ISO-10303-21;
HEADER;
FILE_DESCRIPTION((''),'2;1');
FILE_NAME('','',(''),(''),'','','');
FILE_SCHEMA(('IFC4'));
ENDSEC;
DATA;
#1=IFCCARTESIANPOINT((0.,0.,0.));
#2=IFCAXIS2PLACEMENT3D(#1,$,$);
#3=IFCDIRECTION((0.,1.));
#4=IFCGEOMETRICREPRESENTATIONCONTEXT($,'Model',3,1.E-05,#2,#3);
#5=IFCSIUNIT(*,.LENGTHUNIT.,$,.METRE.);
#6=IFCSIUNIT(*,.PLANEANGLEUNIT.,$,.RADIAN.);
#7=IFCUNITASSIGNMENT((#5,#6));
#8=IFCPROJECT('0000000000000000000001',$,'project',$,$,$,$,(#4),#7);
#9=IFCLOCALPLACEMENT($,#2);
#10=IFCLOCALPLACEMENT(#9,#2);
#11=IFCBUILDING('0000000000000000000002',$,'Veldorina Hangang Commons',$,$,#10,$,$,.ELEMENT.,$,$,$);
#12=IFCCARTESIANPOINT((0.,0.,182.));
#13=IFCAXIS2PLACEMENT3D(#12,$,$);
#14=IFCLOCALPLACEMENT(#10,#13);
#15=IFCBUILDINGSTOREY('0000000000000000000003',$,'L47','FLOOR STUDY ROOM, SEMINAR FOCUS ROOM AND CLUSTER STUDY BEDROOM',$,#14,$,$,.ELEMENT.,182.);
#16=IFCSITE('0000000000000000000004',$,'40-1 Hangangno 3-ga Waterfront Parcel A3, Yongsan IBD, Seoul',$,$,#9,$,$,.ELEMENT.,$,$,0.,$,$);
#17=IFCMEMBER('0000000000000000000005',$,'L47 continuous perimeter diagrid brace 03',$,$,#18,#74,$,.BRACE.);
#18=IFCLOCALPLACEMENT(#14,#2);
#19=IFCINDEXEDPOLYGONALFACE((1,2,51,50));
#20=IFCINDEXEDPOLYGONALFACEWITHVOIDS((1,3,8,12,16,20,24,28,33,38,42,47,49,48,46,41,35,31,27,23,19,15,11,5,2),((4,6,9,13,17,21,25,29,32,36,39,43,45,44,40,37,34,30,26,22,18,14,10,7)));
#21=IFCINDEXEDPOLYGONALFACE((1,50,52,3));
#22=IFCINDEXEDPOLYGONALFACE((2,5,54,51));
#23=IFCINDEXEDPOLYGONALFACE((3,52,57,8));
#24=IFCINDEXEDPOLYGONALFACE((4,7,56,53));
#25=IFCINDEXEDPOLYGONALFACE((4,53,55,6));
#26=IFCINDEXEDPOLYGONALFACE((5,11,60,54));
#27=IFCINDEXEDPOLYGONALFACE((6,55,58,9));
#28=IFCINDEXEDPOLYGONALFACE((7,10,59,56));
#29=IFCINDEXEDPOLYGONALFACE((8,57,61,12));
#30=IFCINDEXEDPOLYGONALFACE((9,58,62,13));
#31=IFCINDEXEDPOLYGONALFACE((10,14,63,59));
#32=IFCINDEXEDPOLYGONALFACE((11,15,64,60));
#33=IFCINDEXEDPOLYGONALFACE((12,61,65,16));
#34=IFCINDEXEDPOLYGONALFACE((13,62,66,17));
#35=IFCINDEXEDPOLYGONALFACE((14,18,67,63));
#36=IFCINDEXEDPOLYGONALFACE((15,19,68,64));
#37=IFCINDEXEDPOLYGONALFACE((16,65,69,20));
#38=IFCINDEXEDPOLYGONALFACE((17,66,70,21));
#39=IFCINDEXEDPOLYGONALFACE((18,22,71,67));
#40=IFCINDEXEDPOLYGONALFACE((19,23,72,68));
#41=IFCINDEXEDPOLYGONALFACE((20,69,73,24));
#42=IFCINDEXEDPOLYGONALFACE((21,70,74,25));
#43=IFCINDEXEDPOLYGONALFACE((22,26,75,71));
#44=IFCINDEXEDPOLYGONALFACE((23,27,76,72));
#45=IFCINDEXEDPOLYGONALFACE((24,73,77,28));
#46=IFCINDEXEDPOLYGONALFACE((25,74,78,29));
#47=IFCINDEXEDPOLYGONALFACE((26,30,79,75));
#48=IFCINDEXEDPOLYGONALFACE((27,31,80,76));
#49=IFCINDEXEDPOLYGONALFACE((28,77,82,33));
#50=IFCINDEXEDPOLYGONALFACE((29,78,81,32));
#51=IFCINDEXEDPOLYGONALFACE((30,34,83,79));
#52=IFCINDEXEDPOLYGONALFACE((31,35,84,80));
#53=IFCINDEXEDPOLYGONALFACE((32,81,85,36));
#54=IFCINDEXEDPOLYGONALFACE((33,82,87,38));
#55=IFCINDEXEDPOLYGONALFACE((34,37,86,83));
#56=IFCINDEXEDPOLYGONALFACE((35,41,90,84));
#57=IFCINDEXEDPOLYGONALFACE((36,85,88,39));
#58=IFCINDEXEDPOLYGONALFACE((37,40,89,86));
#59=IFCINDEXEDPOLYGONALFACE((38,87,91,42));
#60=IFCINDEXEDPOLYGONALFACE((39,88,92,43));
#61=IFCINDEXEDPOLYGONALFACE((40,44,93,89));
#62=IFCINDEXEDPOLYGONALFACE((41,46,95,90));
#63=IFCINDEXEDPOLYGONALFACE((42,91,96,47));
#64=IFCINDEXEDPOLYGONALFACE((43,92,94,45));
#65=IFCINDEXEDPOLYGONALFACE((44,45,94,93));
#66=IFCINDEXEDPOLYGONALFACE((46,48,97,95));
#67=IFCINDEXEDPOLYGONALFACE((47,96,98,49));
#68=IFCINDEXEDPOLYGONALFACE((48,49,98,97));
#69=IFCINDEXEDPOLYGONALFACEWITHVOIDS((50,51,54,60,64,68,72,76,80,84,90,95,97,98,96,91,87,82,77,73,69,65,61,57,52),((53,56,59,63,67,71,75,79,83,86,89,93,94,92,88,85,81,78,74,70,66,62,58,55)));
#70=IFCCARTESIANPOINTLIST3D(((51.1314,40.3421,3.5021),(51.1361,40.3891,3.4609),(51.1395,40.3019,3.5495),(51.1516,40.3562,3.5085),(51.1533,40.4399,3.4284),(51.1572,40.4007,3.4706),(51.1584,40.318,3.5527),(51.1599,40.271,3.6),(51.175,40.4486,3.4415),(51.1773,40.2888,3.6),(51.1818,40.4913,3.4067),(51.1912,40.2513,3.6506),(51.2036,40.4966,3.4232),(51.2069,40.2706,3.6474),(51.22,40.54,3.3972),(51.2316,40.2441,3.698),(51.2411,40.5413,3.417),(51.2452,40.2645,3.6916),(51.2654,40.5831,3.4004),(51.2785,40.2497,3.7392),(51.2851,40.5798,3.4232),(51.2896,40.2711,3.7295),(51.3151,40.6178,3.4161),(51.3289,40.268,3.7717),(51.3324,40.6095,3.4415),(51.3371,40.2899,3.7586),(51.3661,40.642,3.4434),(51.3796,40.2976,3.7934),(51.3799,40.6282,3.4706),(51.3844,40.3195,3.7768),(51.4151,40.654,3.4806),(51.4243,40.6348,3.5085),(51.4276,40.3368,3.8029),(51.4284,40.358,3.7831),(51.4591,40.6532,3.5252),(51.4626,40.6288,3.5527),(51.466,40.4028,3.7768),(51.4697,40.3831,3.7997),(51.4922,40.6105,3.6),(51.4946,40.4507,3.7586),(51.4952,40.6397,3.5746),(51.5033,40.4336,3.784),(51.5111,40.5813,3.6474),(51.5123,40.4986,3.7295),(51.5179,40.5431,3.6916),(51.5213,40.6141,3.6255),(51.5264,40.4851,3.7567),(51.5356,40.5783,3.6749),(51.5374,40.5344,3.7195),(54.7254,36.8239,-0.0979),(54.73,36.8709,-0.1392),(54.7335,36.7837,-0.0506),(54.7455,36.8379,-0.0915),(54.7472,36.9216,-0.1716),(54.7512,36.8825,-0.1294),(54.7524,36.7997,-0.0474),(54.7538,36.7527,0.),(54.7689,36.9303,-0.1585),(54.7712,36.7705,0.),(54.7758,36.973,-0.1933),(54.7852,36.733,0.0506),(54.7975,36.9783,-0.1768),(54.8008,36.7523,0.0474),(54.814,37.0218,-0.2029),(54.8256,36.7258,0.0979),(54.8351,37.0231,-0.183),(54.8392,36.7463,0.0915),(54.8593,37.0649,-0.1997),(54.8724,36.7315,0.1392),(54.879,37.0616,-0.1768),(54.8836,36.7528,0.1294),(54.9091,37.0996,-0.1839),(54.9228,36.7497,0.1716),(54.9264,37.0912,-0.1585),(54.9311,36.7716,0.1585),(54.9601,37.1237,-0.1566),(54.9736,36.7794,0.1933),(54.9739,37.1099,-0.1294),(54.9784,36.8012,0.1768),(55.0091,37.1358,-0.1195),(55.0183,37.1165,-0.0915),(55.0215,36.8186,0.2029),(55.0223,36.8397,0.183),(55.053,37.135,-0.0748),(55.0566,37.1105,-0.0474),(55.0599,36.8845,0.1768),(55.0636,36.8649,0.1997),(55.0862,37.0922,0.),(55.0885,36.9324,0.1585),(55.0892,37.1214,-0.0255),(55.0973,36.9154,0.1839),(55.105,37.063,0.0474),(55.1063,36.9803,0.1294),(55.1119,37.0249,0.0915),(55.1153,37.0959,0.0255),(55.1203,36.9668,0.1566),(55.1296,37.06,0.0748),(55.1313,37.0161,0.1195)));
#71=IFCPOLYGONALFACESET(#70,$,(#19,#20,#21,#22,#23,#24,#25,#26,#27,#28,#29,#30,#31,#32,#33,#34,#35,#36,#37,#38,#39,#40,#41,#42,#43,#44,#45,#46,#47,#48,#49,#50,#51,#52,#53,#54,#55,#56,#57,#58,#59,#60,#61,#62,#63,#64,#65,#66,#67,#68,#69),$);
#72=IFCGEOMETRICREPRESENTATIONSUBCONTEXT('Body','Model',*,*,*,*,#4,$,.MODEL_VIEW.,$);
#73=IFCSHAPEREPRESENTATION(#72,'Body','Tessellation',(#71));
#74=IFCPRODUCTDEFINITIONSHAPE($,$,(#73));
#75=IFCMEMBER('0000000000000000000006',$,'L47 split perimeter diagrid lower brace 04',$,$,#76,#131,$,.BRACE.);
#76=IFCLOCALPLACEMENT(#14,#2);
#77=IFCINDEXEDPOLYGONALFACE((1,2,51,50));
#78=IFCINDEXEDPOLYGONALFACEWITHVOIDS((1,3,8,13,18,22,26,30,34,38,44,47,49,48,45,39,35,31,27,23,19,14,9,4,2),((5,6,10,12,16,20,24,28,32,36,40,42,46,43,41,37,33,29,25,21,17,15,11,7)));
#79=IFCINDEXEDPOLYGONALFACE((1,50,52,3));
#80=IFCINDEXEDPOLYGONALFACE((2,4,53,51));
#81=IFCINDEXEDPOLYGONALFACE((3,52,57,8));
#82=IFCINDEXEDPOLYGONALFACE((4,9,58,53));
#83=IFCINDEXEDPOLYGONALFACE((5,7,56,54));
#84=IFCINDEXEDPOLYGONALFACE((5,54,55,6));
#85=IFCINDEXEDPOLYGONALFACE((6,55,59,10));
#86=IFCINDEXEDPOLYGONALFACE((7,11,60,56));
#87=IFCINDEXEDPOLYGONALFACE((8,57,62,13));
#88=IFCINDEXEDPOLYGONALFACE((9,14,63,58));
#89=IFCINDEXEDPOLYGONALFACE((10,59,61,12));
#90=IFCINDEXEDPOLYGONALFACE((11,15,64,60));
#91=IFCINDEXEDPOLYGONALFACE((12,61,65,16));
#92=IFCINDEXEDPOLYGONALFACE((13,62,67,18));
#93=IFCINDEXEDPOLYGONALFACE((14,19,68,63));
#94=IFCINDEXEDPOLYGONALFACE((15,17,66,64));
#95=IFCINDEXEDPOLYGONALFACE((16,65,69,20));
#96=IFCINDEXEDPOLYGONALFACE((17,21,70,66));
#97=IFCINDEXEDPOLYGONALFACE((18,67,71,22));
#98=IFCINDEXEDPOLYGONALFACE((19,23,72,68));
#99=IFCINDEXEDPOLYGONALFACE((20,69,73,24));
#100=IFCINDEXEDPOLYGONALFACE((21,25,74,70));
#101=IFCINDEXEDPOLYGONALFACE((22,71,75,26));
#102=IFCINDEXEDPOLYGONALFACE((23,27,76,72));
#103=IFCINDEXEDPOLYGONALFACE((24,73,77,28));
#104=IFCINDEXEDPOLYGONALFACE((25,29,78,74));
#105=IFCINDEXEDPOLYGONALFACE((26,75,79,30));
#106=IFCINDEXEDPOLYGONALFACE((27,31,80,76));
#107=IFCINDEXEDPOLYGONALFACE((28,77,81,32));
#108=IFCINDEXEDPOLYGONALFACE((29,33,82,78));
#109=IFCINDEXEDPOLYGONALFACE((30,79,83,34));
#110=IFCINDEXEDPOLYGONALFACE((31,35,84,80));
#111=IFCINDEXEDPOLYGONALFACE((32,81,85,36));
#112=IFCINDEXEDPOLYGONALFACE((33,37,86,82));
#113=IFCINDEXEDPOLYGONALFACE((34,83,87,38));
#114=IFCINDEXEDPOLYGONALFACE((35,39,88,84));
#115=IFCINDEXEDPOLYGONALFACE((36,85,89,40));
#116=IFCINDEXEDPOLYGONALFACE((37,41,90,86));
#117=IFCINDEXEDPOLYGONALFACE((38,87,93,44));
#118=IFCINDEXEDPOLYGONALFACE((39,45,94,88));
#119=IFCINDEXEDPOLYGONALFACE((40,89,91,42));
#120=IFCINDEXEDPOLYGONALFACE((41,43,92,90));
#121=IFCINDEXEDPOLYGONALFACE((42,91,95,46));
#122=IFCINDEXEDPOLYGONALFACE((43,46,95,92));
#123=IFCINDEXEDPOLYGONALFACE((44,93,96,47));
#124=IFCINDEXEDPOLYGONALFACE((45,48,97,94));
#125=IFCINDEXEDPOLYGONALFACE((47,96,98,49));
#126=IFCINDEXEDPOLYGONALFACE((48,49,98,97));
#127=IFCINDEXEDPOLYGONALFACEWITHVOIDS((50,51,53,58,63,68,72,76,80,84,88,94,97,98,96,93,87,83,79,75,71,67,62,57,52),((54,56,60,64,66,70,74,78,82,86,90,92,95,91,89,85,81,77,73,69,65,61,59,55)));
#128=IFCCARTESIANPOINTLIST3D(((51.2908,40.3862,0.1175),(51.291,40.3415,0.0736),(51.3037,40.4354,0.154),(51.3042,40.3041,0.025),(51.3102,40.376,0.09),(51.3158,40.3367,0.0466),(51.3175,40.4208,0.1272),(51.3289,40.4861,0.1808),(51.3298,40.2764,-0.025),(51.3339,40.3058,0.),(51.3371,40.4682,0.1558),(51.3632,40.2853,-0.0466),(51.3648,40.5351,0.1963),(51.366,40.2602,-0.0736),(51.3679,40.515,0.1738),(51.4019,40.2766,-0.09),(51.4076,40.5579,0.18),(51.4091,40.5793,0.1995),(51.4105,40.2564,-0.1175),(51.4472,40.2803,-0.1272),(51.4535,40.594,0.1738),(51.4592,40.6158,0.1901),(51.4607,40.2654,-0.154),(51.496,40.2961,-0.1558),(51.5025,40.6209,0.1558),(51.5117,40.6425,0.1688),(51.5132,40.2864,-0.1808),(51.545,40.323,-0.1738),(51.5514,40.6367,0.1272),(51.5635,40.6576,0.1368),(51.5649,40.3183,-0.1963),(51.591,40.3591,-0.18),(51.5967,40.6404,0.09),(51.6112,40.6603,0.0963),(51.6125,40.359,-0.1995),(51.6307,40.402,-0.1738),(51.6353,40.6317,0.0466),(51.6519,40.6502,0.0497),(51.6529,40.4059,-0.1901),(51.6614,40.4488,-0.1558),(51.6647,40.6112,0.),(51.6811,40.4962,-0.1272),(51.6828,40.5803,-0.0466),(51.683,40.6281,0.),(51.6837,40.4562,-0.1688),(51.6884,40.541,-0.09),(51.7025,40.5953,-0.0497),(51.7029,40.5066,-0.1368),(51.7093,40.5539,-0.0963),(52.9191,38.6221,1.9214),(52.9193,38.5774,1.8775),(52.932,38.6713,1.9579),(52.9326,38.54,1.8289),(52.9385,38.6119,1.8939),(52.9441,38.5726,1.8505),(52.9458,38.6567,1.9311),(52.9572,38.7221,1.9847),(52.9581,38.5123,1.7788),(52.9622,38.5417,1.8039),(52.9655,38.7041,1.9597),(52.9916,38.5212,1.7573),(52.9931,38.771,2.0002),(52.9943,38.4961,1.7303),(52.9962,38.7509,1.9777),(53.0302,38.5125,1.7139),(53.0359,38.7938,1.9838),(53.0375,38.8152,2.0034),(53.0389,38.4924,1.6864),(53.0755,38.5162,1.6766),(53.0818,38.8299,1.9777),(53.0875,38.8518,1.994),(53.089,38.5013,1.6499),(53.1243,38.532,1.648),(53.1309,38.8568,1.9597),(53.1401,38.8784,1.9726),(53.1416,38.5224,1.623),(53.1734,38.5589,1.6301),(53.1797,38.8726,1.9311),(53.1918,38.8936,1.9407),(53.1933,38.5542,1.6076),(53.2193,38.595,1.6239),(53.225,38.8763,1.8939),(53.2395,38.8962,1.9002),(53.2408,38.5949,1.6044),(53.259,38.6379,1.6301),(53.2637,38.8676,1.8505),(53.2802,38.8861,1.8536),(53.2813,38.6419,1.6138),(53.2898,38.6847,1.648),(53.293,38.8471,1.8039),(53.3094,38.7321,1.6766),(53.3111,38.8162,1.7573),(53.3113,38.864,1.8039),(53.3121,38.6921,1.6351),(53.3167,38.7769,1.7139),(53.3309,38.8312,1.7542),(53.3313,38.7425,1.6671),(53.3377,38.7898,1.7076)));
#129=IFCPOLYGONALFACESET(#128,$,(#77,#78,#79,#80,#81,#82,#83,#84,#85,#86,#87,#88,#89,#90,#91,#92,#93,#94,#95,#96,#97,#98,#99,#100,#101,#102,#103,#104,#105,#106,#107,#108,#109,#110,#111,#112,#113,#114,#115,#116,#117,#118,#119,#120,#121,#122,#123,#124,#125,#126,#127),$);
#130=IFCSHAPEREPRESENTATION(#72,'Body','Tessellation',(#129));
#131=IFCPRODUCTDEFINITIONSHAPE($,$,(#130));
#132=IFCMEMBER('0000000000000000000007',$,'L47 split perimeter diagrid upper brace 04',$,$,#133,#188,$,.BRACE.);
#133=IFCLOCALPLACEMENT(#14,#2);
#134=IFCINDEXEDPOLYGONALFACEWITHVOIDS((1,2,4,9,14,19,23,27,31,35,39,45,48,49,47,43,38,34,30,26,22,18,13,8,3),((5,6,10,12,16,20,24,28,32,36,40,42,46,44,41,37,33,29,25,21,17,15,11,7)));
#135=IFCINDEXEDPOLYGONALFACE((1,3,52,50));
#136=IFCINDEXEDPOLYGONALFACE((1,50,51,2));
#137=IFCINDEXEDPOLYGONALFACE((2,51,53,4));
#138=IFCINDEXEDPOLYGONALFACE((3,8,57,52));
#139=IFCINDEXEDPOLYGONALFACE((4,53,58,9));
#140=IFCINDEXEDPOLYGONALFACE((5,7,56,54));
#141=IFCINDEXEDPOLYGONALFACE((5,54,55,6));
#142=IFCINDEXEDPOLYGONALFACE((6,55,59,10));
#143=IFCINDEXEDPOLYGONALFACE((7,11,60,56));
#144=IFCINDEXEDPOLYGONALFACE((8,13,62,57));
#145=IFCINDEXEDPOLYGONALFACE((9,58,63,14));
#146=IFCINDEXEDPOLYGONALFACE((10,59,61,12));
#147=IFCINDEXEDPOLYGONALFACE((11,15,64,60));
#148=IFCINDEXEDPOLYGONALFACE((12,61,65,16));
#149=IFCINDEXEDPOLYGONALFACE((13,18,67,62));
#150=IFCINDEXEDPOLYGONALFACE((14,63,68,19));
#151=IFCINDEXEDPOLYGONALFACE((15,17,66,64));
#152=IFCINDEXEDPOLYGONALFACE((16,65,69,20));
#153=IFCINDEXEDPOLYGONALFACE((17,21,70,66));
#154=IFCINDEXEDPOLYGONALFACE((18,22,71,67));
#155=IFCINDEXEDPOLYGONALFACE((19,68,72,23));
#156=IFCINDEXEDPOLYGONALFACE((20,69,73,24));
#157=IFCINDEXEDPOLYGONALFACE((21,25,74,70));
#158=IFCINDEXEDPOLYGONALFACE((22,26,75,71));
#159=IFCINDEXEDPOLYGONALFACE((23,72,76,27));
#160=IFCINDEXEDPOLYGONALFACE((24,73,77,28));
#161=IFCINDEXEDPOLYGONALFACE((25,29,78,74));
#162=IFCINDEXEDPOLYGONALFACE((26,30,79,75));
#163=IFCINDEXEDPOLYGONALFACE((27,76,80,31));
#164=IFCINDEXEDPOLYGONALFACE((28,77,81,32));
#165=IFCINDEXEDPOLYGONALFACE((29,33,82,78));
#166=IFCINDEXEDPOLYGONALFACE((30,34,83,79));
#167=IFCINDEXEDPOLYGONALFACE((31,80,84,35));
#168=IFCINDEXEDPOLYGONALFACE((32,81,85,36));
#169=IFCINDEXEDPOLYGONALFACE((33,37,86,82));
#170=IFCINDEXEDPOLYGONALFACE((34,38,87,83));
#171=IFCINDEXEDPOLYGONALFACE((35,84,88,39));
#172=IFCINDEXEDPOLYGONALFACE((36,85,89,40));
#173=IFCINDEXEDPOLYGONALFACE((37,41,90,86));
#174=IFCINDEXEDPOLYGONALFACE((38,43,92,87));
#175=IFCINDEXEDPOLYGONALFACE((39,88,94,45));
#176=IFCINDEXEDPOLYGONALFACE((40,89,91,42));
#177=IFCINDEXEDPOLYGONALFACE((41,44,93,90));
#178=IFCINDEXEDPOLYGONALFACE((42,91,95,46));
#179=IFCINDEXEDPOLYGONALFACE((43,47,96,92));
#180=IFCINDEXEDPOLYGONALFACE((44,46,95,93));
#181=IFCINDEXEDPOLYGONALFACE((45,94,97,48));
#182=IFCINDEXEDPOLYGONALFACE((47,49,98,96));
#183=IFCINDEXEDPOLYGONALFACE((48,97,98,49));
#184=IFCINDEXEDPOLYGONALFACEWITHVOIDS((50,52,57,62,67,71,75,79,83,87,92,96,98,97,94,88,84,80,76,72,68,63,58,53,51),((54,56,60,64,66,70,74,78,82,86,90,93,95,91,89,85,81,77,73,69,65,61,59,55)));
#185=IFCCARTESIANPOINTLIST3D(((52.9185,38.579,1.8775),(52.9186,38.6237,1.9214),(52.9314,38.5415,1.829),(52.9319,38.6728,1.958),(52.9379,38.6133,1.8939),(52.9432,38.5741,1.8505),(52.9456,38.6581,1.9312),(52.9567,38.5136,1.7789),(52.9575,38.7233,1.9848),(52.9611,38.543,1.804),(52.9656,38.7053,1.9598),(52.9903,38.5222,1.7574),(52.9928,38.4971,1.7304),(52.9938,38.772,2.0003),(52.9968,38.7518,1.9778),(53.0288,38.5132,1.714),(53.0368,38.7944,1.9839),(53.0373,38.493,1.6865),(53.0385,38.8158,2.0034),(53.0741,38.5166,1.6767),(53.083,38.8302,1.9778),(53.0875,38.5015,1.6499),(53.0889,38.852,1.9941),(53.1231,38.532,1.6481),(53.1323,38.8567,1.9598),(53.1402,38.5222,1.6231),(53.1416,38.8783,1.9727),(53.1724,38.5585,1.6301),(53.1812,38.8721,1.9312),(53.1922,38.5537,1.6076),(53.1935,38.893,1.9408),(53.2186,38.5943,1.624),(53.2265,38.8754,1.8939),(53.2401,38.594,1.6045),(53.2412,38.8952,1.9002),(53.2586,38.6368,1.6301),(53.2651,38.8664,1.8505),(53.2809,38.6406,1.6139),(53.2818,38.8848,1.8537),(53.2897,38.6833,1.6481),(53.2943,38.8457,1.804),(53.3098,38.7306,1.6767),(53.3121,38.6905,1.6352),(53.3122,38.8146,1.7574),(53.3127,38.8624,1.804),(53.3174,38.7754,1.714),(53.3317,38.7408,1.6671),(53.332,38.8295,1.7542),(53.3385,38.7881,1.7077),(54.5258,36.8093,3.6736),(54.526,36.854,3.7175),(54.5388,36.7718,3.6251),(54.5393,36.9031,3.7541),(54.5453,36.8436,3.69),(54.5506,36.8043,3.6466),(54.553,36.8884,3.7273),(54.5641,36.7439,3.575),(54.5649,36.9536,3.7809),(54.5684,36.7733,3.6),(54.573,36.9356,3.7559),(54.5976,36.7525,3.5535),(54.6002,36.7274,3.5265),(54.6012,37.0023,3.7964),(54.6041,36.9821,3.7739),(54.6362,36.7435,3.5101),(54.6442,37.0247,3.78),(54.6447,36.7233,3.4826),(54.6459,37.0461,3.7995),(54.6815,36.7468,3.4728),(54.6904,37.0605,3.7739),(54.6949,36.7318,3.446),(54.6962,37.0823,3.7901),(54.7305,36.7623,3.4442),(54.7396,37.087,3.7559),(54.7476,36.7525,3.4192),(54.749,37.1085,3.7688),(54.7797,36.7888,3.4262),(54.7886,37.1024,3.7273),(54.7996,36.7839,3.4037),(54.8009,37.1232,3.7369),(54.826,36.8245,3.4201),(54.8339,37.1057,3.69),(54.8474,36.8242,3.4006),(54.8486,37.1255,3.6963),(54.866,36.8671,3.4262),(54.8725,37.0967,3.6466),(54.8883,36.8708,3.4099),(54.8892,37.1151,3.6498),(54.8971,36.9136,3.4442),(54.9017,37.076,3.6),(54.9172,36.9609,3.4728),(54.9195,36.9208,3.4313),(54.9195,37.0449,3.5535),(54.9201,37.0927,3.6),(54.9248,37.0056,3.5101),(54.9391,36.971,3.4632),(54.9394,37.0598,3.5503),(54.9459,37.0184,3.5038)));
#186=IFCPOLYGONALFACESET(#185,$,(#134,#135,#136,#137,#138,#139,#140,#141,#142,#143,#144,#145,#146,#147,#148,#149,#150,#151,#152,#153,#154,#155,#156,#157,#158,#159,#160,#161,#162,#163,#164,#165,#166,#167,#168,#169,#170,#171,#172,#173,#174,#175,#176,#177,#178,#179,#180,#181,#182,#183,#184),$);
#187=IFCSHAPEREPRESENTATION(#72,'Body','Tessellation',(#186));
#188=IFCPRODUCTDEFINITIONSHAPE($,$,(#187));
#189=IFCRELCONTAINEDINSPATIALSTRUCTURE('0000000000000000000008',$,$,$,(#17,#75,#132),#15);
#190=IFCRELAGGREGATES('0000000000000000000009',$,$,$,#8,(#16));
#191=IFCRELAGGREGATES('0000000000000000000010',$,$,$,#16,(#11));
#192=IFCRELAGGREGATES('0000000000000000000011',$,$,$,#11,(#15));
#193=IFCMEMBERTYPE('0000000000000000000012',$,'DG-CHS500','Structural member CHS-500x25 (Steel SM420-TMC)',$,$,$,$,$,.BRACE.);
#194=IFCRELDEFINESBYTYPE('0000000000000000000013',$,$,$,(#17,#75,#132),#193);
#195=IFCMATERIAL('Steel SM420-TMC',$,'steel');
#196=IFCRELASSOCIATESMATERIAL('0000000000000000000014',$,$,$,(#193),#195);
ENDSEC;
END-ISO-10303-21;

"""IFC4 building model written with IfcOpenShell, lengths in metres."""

from ifc_helpers import new_model, si_unit, direction, frame, origin, origin_2d, place, context, subcontext, project, spatial, hollow_circle, extrude, material, material_profile, profile_set, type_object, element, save


model = new_model("IFC4")

# Units and contexts
model_context = context("Model", 3, precision=1e-05, world=origin(), true_north=direction((0.0, 1.0)))
body_context = subcontext(model_context, "Body", "Model", "MODEL_VIEW")
ifc_project = project(units=[si_unit("LENGTHUNIT", "METRE"), si_unit("PLANEANGLEUNIT", "RADIAN")], contexts=[model_context])

# Site, building, storey
site_placement = place(None, origin())
site = spatial("IfcSite", under=ifc_project, at=site_placement, Name="40-1 Hangangno 3-ga Waterfront Parcel A3, Yongsan IBD, Seoul", CompositionType="ELEMENT", RefElevation=0.0)
building_placement = place(site_placement, origin())
building = spatial("IfcBuilding", under=site, at=building_placement, Name="Veldorina Hangang Commons", CompositionType="ELEMENT")
storey_placement = place(building_placement, frame((0.0, 0.0, 182.0)))
storey = spatial("IfcBuildingStorey", under=building, at=storey_placement, Name="L47", Description="FLOOR STUDY ROOM, SEMINAR FOCUS ROOM AND CLUSTER STUDY BEDROOM", CompositionType="ELEMENT", Elevation=182.0)

# Shared definitions
ifc_material_1 = material(Name="Steel SM420-TMC", Category="steel")

# Members
ifc_material_profile_1 = material_profile(ifc_material_1, hollow_circle(Radius=0.25, WallThickness=0.0249, at=origin_2d()), Name="CHS-500x25")
ifc_profile_set_1 = profile_set([ifc_material_profile_1], Name="Steel SM420-TMC")
member_type_1 = type_object("IfcMemberType", Name="DG-CHS500", Description="Structural member CHS-500x25 (Steel SM420-TMC)", PredefinedType="BRACE", material=ifc_profile_set_1)
member_1_placement = place(storey_placement, frame((54.9287, 36.9314, 0.0), z_axis=(-0.581069, 0.568832, 0.582056), x_axis=(-0.699543, -0.714591, 0.0)))
element("IfcMember", 1, at=member_1_placement, inside=storey, type_object=member_type_1, Name="L47 continuous perimeter diagrid brace 03", PredefinedType="BRACE", context=body_context, shape_type="SweptSolid", body=[
    extrude(hollow_circle(Radius=0.25, WallThickness=0.0249, at=origin_2d()), origin(), (0.0, 0.0, 1.0), 6.1851),
])
member_2_placement = place(storey_placement, frame((51.4993, 40.4585, 0.0), z_axis=(0.542256, -0.587458, 0.600709), x_axis=(0.734811, 0.678272, 0.0)))
element("IfcMember", 2, at=member_2_placement, inside=storey, type_object=member_type_1, Name="L47 split perimeter diagrid lower brace 04", PredefinedType="BRACE", context=body_context, shape_type="SweptSolid", body=[
    extrude(hollow_circle(Radius=0.25, WallThickness=0.0249, at=origin_2d()), origin(), (0.0, 0.0, 1.0), 3.0029),
])
member_3_placement = place(storey_placement, frame((53.1277, 38.6943, 1.804), z_axis=(0.537541, -0.591834, 0.600651), x_axis=(0.740245, 0.672337, 0.0)))
element("IfcMember", 3, at=member_3_placement, inside=storey, type_object=member_type_1, Name="L47 split perimeter diagrid upper brace 04", PredefinedType="BRACE", context=body_context, shape_type="SweptSolid", body=[
    extrude(hollow_circle(Radius=0.25, WallThickness=0.0249, at=origin_2d()), origin(), (0.0, 0.0, 1.0), 2.9902),
])

save(model, "model.ifc")
